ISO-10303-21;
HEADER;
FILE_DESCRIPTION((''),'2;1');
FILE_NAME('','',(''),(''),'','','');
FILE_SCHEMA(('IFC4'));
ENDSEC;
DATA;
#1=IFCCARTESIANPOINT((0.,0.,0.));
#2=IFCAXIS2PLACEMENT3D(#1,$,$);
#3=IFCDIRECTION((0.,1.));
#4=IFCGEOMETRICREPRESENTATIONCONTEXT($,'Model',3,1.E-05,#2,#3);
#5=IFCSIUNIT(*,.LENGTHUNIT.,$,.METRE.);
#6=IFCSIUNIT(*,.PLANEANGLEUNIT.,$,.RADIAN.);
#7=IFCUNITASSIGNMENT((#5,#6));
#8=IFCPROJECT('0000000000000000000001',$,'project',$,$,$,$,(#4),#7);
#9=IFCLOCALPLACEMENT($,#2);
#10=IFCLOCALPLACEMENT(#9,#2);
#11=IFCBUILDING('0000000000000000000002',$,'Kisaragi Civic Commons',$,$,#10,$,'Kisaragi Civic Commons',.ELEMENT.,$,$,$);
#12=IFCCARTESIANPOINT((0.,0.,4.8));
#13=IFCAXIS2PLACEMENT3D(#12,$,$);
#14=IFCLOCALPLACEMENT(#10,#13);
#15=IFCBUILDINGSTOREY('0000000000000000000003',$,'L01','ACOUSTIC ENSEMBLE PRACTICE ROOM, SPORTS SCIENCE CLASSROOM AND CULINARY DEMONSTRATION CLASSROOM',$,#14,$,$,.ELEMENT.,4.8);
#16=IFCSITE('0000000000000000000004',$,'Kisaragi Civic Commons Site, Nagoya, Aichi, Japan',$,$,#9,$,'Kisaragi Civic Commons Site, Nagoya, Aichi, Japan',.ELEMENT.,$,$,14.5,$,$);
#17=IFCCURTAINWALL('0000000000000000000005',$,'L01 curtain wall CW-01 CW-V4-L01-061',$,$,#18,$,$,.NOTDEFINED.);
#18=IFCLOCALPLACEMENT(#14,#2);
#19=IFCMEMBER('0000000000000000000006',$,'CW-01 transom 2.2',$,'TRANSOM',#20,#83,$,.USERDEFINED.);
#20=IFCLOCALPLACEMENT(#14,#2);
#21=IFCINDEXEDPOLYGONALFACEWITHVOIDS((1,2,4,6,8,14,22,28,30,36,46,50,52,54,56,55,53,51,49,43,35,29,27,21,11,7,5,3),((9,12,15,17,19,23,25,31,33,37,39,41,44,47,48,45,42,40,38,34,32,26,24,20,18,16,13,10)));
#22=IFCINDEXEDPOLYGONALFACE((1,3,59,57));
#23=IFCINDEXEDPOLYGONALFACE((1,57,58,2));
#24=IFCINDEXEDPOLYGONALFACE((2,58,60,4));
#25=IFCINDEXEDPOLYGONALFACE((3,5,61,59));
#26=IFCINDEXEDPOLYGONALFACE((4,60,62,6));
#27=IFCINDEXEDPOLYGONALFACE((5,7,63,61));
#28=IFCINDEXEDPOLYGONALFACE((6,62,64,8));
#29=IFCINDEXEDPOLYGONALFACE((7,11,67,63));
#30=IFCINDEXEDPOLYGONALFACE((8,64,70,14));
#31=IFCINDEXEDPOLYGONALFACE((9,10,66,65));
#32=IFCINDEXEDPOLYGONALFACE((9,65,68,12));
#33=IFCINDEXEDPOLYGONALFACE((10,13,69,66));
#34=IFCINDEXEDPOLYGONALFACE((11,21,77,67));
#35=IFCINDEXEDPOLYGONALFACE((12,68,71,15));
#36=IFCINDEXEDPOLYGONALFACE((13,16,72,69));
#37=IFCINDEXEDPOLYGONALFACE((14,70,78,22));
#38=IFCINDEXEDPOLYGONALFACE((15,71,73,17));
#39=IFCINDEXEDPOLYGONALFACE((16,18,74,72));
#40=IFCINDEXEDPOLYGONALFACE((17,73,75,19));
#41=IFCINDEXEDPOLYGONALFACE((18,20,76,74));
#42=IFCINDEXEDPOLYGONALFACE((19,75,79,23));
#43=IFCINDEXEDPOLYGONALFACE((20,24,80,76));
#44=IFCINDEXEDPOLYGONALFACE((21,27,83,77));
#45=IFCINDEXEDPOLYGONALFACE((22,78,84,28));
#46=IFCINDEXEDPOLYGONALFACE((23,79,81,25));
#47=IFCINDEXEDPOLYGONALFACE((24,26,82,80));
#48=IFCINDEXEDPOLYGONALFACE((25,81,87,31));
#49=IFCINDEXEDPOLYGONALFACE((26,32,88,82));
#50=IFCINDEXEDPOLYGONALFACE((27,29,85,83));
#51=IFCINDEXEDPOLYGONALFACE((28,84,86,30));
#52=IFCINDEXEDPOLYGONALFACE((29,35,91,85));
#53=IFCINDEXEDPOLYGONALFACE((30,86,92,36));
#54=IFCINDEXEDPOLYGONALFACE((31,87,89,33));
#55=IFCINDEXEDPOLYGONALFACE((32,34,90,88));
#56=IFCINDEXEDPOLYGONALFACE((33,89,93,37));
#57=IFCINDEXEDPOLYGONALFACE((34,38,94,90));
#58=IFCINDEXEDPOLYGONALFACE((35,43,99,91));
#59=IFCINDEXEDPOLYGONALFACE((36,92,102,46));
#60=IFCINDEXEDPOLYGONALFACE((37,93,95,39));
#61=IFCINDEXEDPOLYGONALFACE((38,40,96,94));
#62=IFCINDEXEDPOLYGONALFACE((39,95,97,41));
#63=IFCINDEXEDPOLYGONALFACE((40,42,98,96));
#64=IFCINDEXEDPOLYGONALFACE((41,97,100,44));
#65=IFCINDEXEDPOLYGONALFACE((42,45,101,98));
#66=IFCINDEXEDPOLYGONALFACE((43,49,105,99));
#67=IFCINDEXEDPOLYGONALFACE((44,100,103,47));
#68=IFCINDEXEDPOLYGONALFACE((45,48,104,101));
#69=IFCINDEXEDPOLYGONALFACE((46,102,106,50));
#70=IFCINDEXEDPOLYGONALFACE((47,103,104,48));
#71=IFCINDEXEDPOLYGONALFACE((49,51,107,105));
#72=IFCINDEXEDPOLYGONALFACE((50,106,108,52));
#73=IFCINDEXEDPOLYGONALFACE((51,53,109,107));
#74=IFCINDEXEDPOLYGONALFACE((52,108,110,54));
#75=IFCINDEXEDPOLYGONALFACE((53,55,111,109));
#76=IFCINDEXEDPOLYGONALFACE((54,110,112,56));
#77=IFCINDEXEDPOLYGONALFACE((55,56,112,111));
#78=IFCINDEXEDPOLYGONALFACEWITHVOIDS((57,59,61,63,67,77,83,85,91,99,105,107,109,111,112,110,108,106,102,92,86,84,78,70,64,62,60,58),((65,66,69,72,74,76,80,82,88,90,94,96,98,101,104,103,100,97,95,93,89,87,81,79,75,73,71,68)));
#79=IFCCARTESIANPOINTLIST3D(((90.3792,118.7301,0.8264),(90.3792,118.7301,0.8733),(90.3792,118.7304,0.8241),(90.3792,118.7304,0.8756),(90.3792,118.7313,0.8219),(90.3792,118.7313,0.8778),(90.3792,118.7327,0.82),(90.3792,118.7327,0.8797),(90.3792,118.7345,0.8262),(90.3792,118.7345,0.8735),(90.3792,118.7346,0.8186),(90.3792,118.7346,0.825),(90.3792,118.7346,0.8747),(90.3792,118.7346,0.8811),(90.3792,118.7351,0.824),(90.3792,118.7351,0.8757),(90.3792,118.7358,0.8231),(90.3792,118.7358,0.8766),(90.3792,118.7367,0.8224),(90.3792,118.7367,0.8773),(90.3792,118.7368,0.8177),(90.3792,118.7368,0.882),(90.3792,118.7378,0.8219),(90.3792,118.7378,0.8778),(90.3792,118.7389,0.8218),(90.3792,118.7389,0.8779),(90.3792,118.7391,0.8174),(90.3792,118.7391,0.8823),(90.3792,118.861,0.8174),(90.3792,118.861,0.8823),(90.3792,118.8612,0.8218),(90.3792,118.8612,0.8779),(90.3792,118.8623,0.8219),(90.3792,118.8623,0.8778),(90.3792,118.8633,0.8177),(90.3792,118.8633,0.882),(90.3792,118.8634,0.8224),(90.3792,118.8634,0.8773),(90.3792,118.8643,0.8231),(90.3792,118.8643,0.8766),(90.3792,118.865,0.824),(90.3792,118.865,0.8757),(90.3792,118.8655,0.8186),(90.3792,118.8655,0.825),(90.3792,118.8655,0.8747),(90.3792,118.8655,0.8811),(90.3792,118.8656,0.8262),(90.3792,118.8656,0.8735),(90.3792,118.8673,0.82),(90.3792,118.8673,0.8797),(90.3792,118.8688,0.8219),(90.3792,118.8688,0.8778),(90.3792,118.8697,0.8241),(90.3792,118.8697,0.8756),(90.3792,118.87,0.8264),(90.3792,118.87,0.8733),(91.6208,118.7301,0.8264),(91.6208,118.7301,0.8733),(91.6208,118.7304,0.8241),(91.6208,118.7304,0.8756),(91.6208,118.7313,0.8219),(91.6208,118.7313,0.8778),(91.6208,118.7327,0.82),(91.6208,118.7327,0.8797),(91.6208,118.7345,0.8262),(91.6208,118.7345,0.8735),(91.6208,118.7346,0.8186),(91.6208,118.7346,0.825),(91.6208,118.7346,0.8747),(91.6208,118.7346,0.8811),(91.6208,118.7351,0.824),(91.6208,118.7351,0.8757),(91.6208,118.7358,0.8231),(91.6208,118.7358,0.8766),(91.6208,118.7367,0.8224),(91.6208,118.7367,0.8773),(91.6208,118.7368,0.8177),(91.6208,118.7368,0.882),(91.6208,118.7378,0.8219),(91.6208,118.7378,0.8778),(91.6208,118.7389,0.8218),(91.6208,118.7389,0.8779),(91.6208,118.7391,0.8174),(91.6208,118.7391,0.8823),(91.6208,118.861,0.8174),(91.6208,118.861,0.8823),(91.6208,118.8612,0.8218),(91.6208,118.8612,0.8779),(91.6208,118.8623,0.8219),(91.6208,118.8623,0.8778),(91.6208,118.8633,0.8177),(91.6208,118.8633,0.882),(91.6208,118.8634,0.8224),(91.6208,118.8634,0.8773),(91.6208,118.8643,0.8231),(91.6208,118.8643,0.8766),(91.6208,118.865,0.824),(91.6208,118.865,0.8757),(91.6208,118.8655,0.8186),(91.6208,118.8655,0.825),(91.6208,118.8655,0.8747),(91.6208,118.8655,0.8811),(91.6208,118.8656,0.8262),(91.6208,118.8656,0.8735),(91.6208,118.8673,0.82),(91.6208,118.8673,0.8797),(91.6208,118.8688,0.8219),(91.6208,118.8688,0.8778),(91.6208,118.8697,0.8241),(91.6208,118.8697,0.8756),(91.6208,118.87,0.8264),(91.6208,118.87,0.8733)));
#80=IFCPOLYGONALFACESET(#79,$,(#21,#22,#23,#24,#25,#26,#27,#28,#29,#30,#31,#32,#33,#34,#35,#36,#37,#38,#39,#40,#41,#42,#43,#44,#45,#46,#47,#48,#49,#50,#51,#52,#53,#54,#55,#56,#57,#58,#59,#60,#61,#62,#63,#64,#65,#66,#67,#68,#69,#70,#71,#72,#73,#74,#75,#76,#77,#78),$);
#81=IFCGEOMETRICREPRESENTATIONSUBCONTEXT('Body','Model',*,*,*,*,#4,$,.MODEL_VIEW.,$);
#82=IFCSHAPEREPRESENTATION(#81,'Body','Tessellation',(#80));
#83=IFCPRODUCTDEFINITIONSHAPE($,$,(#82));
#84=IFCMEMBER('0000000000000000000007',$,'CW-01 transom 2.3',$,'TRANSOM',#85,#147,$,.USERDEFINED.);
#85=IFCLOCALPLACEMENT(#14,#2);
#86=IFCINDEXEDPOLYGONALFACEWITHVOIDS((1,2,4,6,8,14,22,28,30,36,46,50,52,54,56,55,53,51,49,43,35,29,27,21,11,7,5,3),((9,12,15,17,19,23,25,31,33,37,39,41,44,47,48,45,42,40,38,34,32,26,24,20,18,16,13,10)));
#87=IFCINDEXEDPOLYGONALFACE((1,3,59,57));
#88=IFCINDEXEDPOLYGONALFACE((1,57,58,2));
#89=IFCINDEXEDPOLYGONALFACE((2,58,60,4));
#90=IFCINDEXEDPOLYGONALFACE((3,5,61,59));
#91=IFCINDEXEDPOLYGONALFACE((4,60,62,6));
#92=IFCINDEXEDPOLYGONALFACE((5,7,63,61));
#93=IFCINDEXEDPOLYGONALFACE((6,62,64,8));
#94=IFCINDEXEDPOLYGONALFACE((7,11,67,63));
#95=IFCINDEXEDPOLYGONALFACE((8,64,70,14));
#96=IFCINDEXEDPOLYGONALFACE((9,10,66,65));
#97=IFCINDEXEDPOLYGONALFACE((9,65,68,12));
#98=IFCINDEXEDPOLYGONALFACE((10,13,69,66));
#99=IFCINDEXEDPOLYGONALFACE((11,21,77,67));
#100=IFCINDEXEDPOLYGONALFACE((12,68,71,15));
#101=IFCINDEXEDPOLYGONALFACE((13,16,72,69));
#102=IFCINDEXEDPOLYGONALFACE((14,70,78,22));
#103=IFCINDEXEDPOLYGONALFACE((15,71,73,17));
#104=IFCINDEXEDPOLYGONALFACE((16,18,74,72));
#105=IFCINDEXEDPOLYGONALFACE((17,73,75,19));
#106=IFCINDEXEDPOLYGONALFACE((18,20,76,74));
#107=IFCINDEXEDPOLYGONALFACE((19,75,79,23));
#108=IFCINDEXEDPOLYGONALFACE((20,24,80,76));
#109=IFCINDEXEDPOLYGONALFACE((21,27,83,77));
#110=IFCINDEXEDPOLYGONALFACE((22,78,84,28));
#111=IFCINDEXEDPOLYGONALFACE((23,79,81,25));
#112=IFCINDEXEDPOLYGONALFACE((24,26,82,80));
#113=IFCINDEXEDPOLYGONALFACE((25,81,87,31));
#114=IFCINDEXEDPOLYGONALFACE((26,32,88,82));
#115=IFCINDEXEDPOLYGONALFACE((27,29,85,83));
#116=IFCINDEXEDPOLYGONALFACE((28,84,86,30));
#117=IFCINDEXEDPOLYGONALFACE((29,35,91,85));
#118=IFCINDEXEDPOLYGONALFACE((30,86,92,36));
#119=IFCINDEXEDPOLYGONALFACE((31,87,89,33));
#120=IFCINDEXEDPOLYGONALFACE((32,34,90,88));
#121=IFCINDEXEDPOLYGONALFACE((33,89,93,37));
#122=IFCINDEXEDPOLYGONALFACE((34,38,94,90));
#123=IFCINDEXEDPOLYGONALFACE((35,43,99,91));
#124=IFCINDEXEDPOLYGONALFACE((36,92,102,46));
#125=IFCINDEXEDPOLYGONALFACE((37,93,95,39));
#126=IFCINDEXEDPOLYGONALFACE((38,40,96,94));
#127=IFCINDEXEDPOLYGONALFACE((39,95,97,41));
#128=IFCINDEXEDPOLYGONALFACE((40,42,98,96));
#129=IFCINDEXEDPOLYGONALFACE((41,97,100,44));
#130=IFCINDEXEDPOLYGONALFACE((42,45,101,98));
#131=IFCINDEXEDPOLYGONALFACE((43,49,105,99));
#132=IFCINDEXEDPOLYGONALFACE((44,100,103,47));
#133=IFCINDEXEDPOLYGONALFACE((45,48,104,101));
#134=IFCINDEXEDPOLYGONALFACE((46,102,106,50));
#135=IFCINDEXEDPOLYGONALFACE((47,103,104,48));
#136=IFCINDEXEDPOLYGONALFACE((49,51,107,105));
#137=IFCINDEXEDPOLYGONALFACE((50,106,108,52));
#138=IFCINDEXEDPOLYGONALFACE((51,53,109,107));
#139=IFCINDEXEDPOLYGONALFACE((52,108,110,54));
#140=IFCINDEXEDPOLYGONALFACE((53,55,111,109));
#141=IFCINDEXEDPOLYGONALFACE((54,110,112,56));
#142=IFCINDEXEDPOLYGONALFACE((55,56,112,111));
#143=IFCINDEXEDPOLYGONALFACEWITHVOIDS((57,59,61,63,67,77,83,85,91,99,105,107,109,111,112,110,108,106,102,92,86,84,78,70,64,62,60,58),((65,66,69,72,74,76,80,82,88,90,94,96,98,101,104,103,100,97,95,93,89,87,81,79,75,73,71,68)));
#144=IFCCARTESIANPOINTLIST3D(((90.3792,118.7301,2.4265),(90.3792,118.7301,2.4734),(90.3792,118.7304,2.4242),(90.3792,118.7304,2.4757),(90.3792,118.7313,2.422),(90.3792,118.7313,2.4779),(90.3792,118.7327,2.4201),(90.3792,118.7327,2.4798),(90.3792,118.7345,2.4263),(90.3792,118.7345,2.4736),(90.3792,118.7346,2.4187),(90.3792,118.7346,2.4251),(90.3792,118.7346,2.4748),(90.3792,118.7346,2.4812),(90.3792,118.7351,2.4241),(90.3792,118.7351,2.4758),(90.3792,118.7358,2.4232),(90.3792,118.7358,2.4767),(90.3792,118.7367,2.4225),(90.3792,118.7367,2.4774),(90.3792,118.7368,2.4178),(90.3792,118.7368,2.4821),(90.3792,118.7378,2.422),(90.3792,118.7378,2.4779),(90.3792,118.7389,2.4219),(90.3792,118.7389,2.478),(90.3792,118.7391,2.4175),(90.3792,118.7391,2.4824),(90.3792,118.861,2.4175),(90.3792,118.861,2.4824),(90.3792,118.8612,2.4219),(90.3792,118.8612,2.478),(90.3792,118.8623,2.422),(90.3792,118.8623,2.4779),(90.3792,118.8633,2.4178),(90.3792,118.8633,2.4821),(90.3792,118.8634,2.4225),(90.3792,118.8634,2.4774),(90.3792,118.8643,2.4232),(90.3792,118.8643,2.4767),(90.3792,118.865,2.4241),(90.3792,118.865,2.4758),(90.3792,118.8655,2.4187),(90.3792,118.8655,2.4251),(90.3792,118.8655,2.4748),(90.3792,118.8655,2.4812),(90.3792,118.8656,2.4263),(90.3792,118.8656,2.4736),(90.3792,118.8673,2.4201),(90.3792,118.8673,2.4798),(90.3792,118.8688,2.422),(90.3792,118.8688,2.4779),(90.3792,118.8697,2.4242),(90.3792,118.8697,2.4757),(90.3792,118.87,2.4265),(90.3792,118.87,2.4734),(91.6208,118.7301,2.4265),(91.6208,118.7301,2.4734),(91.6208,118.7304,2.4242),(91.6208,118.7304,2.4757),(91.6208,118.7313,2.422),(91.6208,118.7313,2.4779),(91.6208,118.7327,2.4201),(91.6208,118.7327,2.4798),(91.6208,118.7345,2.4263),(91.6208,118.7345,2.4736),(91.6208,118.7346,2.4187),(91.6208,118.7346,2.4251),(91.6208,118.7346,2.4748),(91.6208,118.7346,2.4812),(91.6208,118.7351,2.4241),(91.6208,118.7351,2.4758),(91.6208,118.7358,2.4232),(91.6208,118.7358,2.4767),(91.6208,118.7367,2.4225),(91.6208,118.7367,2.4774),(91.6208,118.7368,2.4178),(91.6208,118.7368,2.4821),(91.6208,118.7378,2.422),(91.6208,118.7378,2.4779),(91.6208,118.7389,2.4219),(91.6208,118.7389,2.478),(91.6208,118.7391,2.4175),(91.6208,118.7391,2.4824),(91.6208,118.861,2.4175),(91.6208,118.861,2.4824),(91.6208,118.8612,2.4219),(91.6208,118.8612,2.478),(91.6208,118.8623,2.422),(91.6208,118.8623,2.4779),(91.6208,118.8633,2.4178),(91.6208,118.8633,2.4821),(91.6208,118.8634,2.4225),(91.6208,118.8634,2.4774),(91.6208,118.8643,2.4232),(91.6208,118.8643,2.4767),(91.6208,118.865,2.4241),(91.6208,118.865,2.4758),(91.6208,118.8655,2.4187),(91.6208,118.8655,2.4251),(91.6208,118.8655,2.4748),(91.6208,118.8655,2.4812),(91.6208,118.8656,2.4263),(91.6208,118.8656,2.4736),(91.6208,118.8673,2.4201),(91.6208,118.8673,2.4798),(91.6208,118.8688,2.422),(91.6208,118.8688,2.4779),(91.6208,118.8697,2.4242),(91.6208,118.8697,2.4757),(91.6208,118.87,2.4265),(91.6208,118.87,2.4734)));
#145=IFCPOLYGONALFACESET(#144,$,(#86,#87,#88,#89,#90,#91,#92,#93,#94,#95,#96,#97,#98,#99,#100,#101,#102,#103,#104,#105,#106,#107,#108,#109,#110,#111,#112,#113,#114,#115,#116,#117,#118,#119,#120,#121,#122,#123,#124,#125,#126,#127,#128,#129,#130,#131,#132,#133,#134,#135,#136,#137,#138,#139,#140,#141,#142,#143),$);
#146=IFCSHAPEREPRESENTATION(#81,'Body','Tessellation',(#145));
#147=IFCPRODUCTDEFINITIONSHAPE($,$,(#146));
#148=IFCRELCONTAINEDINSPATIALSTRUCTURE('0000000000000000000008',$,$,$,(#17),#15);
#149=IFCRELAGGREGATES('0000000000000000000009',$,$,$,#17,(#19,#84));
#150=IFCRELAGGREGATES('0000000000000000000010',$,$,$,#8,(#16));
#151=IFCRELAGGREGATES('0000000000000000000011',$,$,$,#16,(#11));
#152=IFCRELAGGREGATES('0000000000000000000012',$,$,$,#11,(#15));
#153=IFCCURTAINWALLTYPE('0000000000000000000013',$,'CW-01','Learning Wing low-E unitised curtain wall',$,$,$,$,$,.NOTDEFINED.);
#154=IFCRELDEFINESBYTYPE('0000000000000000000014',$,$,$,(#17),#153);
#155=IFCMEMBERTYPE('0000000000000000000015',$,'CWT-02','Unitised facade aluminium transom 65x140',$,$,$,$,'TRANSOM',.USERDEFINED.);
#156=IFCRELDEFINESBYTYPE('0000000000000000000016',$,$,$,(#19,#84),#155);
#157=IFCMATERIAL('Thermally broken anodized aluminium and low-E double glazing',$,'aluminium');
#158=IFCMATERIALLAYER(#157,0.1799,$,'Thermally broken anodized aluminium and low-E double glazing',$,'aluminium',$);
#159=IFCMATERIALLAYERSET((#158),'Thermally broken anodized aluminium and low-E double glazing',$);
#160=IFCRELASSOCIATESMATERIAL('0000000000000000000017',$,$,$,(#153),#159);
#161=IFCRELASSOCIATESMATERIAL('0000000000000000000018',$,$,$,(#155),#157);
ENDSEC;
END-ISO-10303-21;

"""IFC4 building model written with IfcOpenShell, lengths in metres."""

from ifc_helpers import new_model, si_unit, direction, frame, origin, origin_2d, place, context, subcontext, project, spatial, hollow_rectangle, extrude, material, layer, layer_set, material_profile, profile_set, type_object, element, aggregate, save


model = new_model("IFC4")

# Units and contexts
model_context = context("Model", 3, precision=1e-05, world=origin(), true_north=direction((0.0, 1.0)))
body_context = subcontext(model_context, "Body", "Model", "MODEL_VIEW")
ifc_project = project(units=[si_unit("LENGTHUNIT", "METRE"), si_unit("PLANEANGLEUNIT", "RADIAN")], contexts=[model_context])

# Site, building, storey
site_placement = place(None, origin())
site = spatial("IfcSite", under=ifc_project, at=site_placement, Name="Kisaragi Civic Commons Site, Nagoya, Aichi, Japan", LongName="Kisaragi Civic Commons Site, Nagoya, Aichi, Japan", CompositionType="ELEMENT", RefElevation=14.5)
building_placement = place(site_placement, origin())
building = spatial("IfcBuilding", under=site, at=building_placement, Name="Kisaragi Civic Commons", LongName="Kisaragi Civic Commons", CompositionType="ELEMENT")
storey_placement = place(building_placement, frame((0.0, 0.0, 4.8)))
storey = spatial("IfcBuildingStorey", under=building, at=storey_placement, Name="L01", Description="ACOUSTIC ENSEMBLE PRACTICE ROOM, SPORTS SCIENCE CLASSROOM AND CULINARY DEMONSTRATION CLASSROOM", CompositionType="ELEMENT", Elevation=4.8)

# Curtain wall, members
ifc_material_1 = material(Name="Thermally broken anodized aluminium and low-E double glazing", Category="aluminium")
ifc_layer_1 = layer(ifc_material_1, 0.1799, Name="Thermally broken anodized aluminium and low-E double glazing", Category="aluminium")
ifc_layer_set_1 = layer_set([ifc_layer_1], Name="Thermally broken anodized aluminium and low-E double glazing")
curtain_wall_type = type_object("IfcCurtainWallType", Name="CW-01", Description="Learning Wing low-E unitised curtain wall", PredefinedType="NOTDEFINED", material=ifc_layer_set_1)
curtain_wall_placement = place(storey_placement, origin())
curtain_wall = element("IfcCurtainWall", 1, at=curtain_wall_placement, inside=storey, type_object=curtain_wall_type, Name="L01 curtain wall CW-01 CW-V4-L01-061", PredefinedType="NOTDEFINED")
ifc_material_profile_1 = material_profile(ifc_material_1, hollow_rectangle(XDim=0.1399, YDim=0.0649, WallThickness=0.0044, InnerFilletRadius=0.0044, OuterFilletRadius=0.009, at=origin_2d()), Name="CWT-65x140x4.5", Category="aluminium")
ifc_profile_set_1 = profile_set([ifc_material_profile_1], Name="Thermally broken anodized aluminium and low-E double glazing")
member_type_1 = type_object("IfcMemberType", Name="CWT-02", Description="Unitised facade aluminium transom 65x140", ElementType="TRANSOM", PredefinedType="USERDEFINED", material=ifc_profile_set_1)
member_1_placement = place(storey_placement, frame((90.3792, 118.8, 0.8499), z_axis=(1.0, 0.0, 0.0), x_axis=(0.0, 1.0, 0.0)))
member_1 = element("IfcMember", 2, at=member_1_placement, type_object=member_type_1, Name="CW-01 transom 2.2", ObjectType="TRANSOM", PredefinedType="USERDEFINED", context=body_context, shape_type="SweptSolid", body=[
    extrude(hollow_rectangle(XDim=0.1399, YDim=0.0649, WallThickness=0.0044, InnerFilletRadius=0.0044, OuterFilletRadius=0.009, at=origin_2d()), origin(), (0.0, 0.0, 1.0), 1.2417),
])
member_2_placement = place(storey_placement, frame((90.3792, 118.8, 2.45), z_axis=(1.0, 0.0, 0.0), x_axis=(0.0, 1.0, 0.0)))
member_2 = element("IfcMember", 3, at=member_2_placement, type_object=member_type_1, Name="CW-01 transom 2.3", ObjectType="TRANSOM", PredefinedType="USERDEFINED", context=body_context, shape_type="SweptSolid", body=[
    extrude(hollow_rectangle(XDim=0.1399, YDim=0.0649, WallThickness=0.0044, InnerFilletRadius=0.0044, OuterFilletRadius=0.009, at=origin_2d()), origin(), (0.0, 0.0, 1.0), 1.2417),
])

aggregate(curtain_wall, [member_1, member_2])

save(model, "model.ifc")
